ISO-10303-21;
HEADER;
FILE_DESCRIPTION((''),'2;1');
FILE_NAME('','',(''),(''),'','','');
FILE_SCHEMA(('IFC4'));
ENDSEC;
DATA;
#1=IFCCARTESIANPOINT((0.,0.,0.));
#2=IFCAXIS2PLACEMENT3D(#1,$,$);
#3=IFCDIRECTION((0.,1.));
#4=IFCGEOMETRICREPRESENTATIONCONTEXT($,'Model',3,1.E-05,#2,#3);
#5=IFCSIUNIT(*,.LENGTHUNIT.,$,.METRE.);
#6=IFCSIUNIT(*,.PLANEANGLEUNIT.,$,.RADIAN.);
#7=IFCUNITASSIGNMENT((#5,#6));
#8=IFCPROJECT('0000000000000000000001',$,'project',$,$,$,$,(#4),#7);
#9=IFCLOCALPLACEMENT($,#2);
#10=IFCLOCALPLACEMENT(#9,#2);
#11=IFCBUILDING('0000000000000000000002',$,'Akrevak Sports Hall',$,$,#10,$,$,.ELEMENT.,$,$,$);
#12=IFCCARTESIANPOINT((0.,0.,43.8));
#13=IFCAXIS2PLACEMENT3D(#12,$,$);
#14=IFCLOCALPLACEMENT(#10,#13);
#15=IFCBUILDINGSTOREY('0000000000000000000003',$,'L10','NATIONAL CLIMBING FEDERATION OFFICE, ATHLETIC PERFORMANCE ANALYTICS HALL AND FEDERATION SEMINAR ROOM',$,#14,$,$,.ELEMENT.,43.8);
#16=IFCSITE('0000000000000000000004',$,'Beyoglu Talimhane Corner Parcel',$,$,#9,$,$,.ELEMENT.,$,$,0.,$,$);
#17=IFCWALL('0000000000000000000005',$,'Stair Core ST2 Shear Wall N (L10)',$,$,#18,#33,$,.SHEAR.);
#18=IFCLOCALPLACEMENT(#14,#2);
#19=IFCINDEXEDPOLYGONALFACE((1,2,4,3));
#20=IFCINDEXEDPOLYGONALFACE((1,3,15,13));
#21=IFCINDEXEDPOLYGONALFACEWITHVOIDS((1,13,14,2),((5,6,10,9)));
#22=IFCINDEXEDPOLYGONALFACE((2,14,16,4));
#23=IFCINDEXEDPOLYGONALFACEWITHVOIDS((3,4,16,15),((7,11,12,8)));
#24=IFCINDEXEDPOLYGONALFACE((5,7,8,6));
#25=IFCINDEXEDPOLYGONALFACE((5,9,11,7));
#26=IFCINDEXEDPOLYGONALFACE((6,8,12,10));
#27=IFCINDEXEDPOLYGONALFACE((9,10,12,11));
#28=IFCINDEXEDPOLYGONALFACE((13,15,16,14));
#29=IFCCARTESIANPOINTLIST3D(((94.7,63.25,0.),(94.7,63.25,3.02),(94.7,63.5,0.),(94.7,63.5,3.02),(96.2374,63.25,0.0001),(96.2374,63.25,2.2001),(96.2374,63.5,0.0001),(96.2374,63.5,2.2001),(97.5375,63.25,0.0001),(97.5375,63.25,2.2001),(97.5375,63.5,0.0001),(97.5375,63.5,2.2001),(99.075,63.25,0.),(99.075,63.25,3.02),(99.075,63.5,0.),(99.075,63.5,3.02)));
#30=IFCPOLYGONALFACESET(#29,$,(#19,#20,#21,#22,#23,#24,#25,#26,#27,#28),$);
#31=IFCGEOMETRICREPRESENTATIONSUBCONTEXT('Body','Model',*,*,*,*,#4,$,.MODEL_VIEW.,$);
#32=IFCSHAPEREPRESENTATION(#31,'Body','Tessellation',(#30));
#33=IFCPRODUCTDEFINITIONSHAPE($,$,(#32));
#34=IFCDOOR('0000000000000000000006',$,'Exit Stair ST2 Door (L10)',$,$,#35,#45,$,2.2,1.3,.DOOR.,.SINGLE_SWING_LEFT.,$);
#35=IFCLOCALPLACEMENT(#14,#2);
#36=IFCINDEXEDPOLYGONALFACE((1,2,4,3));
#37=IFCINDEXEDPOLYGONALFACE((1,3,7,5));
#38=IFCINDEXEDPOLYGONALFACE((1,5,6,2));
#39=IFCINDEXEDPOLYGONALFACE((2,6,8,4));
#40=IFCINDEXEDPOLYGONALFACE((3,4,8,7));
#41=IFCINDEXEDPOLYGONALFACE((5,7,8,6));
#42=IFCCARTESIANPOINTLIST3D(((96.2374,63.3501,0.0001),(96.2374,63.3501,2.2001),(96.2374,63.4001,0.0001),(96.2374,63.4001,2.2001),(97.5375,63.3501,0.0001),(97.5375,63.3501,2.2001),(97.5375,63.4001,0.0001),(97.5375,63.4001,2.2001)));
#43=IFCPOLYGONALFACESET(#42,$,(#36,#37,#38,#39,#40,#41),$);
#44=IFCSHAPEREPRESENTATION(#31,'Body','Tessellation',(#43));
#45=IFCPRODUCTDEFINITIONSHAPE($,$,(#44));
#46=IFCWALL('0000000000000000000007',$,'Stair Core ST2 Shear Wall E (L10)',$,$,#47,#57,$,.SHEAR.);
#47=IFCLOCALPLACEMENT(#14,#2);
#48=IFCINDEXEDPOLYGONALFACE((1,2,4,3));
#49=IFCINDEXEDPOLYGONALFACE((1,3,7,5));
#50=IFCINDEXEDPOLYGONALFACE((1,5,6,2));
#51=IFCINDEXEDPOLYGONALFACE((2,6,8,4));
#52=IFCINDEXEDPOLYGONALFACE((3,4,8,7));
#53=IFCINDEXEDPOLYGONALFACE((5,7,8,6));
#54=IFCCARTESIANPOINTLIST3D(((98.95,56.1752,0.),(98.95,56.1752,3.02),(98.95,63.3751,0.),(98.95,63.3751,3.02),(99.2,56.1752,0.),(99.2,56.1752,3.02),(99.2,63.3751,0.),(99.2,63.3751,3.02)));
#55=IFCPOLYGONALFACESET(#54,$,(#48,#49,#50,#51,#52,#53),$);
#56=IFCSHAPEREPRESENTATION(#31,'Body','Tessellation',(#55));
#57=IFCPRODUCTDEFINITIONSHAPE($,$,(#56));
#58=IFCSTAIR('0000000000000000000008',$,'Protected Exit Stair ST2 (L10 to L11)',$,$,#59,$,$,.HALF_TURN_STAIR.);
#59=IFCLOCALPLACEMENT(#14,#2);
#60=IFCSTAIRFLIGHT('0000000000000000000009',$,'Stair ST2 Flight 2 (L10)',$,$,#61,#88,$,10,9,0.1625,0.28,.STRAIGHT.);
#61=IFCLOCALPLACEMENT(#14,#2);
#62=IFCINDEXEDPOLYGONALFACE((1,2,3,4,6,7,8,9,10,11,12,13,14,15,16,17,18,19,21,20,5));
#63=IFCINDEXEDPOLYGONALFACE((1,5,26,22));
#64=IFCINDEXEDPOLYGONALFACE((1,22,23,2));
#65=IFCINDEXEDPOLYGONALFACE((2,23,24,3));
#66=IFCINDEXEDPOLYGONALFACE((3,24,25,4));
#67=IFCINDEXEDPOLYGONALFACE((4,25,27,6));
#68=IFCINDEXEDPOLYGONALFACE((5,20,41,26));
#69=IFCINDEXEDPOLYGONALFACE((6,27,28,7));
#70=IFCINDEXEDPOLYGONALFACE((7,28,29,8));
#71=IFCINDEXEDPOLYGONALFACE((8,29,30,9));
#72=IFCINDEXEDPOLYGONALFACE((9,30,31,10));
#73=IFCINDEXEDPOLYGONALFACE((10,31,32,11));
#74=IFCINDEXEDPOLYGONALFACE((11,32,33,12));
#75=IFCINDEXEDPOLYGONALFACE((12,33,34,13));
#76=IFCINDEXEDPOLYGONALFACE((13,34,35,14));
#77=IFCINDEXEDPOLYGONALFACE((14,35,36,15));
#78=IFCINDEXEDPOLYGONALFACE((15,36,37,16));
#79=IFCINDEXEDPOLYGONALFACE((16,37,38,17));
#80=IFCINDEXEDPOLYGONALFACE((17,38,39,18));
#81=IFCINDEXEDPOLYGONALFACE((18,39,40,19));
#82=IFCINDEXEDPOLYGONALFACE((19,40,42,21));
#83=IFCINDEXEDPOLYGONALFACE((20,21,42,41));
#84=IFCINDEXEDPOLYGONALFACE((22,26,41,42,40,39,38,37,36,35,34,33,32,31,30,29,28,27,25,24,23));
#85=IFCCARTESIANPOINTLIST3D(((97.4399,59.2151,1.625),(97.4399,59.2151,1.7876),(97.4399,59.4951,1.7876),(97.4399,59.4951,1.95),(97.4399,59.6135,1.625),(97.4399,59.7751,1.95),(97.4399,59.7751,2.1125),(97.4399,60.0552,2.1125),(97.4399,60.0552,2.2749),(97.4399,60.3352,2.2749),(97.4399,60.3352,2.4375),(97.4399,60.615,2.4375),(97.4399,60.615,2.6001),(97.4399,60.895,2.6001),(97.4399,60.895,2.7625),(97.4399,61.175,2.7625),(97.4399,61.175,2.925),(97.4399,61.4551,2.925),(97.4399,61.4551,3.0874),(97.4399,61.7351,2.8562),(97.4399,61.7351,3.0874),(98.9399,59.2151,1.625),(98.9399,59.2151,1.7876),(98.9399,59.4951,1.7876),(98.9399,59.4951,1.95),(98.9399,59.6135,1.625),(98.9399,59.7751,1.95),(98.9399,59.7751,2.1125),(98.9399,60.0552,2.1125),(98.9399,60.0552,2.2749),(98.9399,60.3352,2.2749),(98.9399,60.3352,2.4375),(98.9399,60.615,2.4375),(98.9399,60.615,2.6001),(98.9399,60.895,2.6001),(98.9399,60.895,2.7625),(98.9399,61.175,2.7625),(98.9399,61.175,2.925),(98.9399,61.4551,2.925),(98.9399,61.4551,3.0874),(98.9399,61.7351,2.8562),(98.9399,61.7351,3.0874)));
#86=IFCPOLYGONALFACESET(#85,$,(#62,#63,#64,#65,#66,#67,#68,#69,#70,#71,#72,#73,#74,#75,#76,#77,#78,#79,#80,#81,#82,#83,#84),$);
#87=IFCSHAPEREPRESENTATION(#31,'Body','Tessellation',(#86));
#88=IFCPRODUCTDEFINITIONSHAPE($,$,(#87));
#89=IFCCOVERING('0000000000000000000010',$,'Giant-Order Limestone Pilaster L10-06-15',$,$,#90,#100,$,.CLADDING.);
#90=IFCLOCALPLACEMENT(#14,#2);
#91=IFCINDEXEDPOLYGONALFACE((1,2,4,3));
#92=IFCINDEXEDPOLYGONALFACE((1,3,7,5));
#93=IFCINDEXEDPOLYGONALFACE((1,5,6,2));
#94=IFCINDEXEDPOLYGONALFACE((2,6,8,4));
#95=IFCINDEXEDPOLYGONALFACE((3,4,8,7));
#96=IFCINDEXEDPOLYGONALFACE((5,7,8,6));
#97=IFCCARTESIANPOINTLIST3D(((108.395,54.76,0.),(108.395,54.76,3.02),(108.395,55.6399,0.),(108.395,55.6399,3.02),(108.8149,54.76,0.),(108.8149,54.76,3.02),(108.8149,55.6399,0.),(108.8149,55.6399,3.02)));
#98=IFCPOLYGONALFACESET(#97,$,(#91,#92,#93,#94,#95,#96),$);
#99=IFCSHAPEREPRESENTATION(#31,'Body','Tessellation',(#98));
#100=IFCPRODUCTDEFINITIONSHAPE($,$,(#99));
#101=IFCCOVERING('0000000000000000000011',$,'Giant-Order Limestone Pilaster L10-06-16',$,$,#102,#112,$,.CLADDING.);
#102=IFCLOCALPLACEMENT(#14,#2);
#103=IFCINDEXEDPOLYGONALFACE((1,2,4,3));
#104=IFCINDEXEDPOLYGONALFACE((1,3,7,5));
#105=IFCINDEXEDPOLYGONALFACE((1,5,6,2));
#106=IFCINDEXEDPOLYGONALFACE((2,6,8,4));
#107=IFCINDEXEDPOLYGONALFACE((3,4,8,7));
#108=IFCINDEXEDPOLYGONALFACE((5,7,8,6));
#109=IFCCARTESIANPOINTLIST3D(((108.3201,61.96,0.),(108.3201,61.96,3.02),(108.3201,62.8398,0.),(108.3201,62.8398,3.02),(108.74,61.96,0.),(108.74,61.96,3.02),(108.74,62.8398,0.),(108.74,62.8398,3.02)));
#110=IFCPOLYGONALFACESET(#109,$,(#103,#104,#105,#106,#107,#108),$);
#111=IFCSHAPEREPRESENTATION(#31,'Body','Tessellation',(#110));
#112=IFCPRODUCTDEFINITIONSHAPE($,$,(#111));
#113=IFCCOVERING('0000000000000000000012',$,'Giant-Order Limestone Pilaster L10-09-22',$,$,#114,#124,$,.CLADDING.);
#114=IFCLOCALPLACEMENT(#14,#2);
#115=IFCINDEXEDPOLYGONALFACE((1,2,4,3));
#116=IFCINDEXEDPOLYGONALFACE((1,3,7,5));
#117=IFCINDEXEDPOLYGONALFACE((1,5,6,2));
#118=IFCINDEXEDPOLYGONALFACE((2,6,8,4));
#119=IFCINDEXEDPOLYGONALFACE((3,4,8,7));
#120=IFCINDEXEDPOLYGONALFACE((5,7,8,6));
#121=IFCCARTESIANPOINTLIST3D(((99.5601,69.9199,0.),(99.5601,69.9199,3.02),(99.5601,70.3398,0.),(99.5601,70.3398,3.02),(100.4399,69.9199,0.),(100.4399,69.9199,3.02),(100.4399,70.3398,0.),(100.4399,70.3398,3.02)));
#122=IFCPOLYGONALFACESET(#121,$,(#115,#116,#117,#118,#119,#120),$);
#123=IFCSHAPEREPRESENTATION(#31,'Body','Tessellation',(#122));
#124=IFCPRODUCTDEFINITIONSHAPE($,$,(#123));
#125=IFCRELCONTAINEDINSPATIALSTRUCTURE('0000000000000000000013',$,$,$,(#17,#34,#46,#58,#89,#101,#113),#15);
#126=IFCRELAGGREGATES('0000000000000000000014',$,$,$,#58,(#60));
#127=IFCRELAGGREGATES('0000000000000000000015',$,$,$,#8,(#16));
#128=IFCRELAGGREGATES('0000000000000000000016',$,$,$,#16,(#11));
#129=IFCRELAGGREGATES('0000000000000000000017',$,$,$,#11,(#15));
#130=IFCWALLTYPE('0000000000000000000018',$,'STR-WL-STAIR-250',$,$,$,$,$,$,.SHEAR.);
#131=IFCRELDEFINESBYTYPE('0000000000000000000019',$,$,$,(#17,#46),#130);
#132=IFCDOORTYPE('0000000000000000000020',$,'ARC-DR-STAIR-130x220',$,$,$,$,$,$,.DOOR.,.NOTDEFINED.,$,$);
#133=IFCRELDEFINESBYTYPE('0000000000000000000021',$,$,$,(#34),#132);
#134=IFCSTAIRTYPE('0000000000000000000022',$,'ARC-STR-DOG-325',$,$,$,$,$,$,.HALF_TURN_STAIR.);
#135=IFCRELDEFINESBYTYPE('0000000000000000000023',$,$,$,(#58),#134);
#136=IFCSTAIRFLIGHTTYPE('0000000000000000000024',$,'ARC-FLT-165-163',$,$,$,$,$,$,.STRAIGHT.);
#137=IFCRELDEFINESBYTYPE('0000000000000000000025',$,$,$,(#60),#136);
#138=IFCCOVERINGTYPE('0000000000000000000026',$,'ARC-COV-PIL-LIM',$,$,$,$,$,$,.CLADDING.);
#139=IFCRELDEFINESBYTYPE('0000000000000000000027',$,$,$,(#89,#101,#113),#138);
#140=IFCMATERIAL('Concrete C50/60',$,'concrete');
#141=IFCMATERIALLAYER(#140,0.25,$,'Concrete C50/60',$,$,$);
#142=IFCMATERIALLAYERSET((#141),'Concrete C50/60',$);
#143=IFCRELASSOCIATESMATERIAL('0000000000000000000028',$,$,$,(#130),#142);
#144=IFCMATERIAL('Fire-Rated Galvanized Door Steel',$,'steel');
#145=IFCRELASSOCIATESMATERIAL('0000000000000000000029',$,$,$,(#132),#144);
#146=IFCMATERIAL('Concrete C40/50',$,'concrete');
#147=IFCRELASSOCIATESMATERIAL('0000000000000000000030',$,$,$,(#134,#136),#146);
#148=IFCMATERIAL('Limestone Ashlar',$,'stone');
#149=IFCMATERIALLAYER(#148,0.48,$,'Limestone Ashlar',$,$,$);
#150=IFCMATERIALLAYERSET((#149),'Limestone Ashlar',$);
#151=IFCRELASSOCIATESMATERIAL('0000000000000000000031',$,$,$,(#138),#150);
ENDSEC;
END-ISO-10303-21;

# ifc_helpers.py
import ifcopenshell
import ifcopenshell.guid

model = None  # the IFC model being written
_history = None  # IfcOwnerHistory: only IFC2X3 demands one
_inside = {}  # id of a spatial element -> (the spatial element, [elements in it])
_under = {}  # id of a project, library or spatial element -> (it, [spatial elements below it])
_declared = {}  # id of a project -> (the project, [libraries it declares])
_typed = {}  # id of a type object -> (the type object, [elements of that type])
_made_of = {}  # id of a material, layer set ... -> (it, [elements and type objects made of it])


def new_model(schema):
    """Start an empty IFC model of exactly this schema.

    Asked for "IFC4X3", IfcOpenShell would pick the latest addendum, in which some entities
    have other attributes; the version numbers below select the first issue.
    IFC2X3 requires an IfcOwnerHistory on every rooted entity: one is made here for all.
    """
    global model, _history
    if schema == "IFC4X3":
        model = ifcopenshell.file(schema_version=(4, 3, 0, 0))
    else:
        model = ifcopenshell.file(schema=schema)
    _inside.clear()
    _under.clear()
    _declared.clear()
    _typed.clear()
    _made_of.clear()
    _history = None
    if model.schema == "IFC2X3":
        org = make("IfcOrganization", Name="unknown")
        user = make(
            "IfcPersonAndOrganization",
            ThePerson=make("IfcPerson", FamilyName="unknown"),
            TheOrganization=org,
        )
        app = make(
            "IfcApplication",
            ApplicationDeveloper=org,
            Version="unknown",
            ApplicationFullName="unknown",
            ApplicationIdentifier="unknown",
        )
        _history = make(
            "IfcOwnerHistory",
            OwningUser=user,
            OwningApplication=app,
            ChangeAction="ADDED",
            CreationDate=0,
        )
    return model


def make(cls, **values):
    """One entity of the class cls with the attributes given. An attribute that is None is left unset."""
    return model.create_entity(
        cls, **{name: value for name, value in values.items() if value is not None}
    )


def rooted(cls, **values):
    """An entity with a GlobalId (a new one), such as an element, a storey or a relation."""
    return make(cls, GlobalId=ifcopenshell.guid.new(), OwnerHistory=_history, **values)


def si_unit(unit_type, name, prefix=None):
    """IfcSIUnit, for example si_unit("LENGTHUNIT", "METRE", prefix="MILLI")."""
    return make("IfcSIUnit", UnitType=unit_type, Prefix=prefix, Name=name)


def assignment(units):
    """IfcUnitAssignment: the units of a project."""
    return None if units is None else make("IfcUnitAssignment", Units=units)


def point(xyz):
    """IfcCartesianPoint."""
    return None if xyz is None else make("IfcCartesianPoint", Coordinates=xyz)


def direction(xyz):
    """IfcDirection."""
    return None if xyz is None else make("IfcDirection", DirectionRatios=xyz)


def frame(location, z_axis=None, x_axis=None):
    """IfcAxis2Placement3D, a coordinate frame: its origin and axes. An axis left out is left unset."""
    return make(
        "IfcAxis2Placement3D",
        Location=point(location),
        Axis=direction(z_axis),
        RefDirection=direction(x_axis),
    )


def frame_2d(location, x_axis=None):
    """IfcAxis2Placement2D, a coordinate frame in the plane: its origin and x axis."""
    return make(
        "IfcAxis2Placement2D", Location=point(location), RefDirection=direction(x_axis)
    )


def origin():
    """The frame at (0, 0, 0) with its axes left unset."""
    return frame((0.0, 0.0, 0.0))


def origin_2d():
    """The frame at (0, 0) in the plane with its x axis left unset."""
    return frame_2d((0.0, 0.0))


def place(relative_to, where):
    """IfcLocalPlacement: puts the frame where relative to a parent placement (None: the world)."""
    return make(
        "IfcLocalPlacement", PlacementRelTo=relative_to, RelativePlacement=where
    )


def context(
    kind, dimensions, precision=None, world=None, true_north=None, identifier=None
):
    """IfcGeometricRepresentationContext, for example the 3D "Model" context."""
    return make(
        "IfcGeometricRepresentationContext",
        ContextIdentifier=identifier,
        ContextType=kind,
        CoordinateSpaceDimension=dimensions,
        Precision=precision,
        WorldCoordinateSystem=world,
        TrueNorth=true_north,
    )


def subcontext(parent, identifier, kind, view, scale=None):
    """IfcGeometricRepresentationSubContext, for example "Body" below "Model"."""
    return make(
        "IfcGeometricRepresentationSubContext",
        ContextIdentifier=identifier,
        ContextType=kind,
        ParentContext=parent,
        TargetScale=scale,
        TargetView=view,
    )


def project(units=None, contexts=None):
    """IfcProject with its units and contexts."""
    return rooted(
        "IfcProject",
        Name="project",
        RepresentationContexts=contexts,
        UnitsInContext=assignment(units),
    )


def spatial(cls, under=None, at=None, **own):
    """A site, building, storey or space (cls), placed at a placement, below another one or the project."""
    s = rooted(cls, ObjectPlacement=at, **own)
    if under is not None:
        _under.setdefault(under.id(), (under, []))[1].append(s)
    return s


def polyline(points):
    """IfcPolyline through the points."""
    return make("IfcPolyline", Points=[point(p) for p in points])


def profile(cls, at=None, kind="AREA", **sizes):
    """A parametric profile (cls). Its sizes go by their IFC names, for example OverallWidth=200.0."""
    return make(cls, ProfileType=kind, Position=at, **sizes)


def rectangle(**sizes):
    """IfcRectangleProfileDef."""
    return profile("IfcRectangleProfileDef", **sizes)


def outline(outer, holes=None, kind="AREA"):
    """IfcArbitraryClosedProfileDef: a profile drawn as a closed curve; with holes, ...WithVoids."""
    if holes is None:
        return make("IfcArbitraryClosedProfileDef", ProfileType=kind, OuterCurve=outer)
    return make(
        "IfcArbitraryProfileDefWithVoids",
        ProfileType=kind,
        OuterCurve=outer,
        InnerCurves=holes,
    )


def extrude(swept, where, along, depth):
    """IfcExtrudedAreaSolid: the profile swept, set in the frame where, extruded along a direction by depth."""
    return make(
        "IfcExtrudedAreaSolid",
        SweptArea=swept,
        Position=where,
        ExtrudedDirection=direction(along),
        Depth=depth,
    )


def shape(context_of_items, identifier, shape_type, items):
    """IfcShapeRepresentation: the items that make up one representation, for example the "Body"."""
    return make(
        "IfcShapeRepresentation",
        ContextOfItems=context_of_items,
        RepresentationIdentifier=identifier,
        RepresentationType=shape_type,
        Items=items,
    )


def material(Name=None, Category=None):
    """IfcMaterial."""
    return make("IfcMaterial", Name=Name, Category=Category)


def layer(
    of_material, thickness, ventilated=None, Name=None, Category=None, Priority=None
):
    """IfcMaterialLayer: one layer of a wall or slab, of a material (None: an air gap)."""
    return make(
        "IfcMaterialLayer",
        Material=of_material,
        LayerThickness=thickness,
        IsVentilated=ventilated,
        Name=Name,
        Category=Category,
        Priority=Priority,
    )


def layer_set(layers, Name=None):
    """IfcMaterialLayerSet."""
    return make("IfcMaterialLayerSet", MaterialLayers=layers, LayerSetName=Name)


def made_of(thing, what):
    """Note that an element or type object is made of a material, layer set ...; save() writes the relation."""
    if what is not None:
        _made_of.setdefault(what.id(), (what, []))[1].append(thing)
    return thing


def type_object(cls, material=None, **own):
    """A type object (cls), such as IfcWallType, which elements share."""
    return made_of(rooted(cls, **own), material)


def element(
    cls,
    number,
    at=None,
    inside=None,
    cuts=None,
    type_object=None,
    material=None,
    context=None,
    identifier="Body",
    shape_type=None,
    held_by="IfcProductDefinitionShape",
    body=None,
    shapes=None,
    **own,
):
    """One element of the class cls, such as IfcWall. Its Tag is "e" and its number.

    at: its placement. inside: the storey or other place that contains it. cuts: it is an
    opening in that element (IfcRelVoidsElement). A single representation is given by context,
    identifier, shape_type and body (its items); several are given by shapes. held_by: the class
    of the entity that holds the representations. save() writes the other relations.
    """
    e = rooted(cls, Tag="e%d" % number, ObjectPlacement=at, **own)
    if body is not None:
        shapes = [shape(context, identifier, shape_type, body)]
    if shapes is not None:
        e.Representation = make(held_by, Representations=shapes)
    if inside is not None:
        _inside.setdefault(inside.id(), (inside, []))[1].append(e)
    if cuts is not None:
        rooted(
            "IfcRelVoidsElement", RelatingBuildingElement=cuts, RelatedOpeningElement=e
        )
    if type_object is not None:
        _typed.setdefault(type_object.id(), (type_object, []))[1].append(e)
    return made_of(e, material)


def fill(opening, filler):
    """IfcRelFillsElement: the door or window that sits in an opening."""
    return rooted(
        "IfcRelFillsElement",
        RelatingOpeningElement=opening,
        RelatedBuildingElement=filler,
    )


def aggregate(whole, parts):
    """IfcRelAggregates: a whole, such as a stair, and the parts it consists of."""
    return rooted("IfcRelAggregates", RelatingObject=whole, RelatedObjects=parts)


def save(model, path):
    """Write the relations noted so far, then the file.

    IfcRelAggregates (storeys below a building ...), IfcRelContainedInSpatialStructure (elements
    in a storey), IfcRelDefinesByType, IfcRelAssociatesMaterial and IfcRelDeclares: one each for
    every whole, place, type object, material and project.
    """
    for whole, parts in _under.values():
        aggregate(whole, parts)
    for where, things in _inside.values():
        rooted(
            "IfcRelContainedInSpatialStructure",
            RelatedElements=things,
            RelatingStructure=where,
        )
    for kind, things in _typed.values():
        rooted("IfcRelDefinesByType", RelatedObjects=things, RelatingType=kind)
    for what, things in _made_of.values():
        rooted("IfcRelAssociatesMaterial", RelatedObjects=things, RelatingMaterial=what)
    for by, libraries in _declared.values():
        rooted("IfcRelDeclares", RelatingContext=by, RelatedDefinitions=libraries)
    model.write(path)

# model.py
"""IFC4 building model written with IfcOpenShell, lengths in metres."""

from ifc_helpers import new_model, si_unit, direction, frame, frame_2d, origin, origin_2d, place, context, subcontext, project, spatial, polyline, rectangle, outline, extrude, material, layer, layer_set, type_object, element, fill, aggregate, save


model = new_model("IFC4")

# Units and contexts
model_context = context("Model", 3, precision=1e-05, world=origin(), true_north=direction((0.0, 1.0)))
body_context = subcontext(model_context, "Body", "Model", "MODEL_VIEW")
ifc_project = project(units=[si_unit("LENGTHUNIT", "METRE"), si_unit("PLANEANGLEUNIT", "RADIAN")], contexts=[model_context])

# Site, building, storey
site_placement = place(None, origin())
site = spatial("IfcSite", under=ifc_project, at=site_placement, Name="Beyoglu Talimhane Corner Parcel", CompositionType="ELEMENT", RefElevation=0.0)
building_placement = place(site_placement, origin())
building = spatial("IfcBuilding", under=site, at=building_placement, Name="Akrevak Sports Hall", CompositionType="ELEMENT")
storey_placement = place(building_placement, frame((0.0, 0.0, 43.8)))
storey = spatial("IfcBuildingStorey", under=building, at=storey_placement, Name="L10", Description="NATIONAL CLIMBING FEDERATION OFFICE, ATHLETIC PERFORMANCE ANALYTICS HALL AND FEDERATION SEMINAR ROOM", CompositionType="ELEMENT", Elevation=43.8)

# Shared definitions
ifc_material_1 = material(Name="Concrete C40/50", Category="concrete")
ifc_material_2 = material(Name="Concrete C50/60", Category="concrete")

# Shared definitions
ifc_material_3 = material(Name="Limestone Ashlar", Category="stone")

# Wall, opening, door
ifc_layer_1 = layer(ifc_material_2, 0.25, Name="Concrete C50/60")
ifc_layer_set_1 = layer_set([ifc_layer_1], Name="Concrete C50/60")
wall_type_1 = type_object("IfcWallType", Name="STR-WL-STAIR-250", PredefinedType="SHEAR", material=ifc_layer_set_1)
wall_1_placement = place(storey_placement, frame((99.075, 63.375, 0.0), z_axis=(0.0, 0.0, 1.0), x_axis=(-1.0, 0.0, 0.0)))
wall_1 = element("IfcWall", 1, at=wall_1_placement, inside=storey, type_object=wall_type_1, Name="Stair Core ST2 Shear Wall N (L10)", PredefinedType="SHEAR", context=body_context, shape_type="SweptSolid", body=[
    extrude(rectangle(XDim=4.375, YDim=0.25, at=frame_2d((2.1875, 0.0))), origin(), (0.0, 0.0, 1.0), 3.02),
])
opening_1_placement = place(wall_1_placement, frame((1.5376, 0.0, 0.0)))
opening_1 = element("IfcOpeningElement", 2, at=opening_1_placement, cuts=wall_1, PredefinedType="OPENING", context=body_context, shape_type="SweptSolid", body=[
    extrude(rectangle(XDim=1.3, YDim=2.2, at=frame_2d((0.6499, 1.1001))), frame((0.0, 0.137, 0.0), z_axis=(0.0, -1.0, 0.0), x_axis=(1.0, 0.0, 0.0)), (0.0, 0.0, 1.0), 0.2739),
])
ifc_material_4 = material(Name="Fire-Rated Galvanized Door Steel", Category="steel")
door_type = type_object("IfcDoorType", Name="ARC-DR-STAIR-130x220", OperationType="NOTDEFINED", PredefinedType="DOOR", material=ifc_material_4)
door_placement = place(opening_1_placement, origin())
door = element("IfcDoor", 3, at=door_placement, inside=storey, type_object=door_type, Name="Exit Stair ST2 Door (L10)", OperationType="SINGLE_SWING_LEFT", OverallHeight=2.2, OverallWidth=1.3, PredefinedType="DOOR", context=body_context, shape_type="SweptSolid", body=[
    extrude(rectangle(XDim=1.3, YDim=2.2, at=frame_2d((0.6499, 1.1001))), frame((0.0, 0.0249, 0.0), z_axis=(0.0, -1.0, 0.0), x_axis=(1.0, 0.0, 0.0)), (0.0, 0.0, 1.0), 0.05),
])
fill(opening_1, door)

# Wall
wall_2_placement = place(storey_placement, frame((99.075, 56.175, 0.0), z_axis=(0.0, 0.0, 1.0), x_axis=(0.0, 1.0, 0.0)))
element("IfcWall", 4, at=wall_2_placement, inside=storey, type_object=wall_type_1, Name="Stair Core ST2 Shear Wall E (L10)", PredefinedType="SHEAR", context=body_context, shape_type="SweptSolid", body=[
    extrude(rectangle(XDim=7.2, YDim=0.25, at=frame_2d((3.6001, 0.0))), origin(), (0.0, 0.0, 1.0), 3.02),
])

# Stair, stair flight
stair_type = type_object("IfcStairType", Name="ARC-STR-DOG-325", PredefinedType="HALF_TURN_STAIR", material=ifc_material_1)
stair_placement = place(storey_placement, origin())
stair = element("IfcStair", 5, at=stair_placement, inside=storey, type_object=stair_type, Name="Protected Exit Stair ST2 (L10 to L11)", PredefinedType="HALF_TURN_STAIR")
stair_flight_type = type_object("IfcStairFlightType", Name="ARC-FLT-165-163", PredefinedType="STRAIGHT", material=ifc_material_1)
stair_flight_placement = place(storey_placement, frame((98.1899, 59.2151, 1.625), z_axis=(0.0, 0.0, 1.0), x_axis=(0.0, 1.0, 0.0)))
stair_flight = element("IfcStairFlight", 6, at=stair_flight_placement, type_object=stair_flight_type, Name="Stair ST2 Flight 2 (L10)", NumberOfRisers=10, NumberOfTreads=9, PredefinedType="STRAIGHT", RiserHeight=0.1625, TreadLength=0.28, context=body_context, shape_type="SweptSolid", body=[
    extrude(outline(polyline([(0.0, 0.0), (0.0, 0.1626), (0.28, 0.1626), (0.28, 0.325), (0.5601, 0.325), (0.5601, 0.4875), (0.8401, 0.4875), (0.8401, 0.6499), (1.1201, 0.6499), (1.1201, 0.8125), (1.3999, 0.8125), (1.3999, 0.9751), (1.6799, 0.9751), (1.6799, 1.1375), (1.96, 1.1375), (1.96, 1.3), (2.24, 1.3), (2.24, 1.4624), (2.52, 1.4624), (2.52, 1.625), (2.52, 1.2312), (0.3984, 0.0), (0.0, 0.0)])), frame((0.0, 0.75, 0.0), z_axis=(0.0, -1.0, 0.0), x_axis=(1.0, 0.0, 0.0)), (0.0, 0.0, 1.0), 1.5),
])
aggregate(stair, [stair_flight])

# Coverings
ifc_layer_2 = layer(ifc_material_3, 0.48, Name="Limestone Ashlar")
ifc_layer_set_2 = layer_set([ifc_layer_2], Name="Limestone Ashlar")
covering_type = type_object("IfcCoveringType", Name="ARC-COV-PIL-LIM", PredefinedType="CLADDING", material=ifc_layer_set_2)
for number, where, z_axis, x_axis, name in (
    (7, (108.605, 55.2, 0.0), (0.0, 0.0, 1.0), (0.0, 1.0, 0.0), "Giant-Order Limestone Pilaster L10-06-15"),
    (8, (108.53, 62.3999, 0.0), (0.0, 0.0, 1.0), (0.0, 1.0, 0.0), "Giant-Order Limestone Pilaster L10-06-16"),
    (9, (100.0, 70.1299, 0.0), (0.0, 0.0, 1.0), (-1.0, 0.0, 0.0), "Giant-Order Limestone Pilaster L10-09-22"),
):
    element("IfcCovering", number, at=place(storey_placement, frame(where, z_axis=z_axis, x_axis=x_axis)), inside=storey, type_object=covering_type, Name=name, PredefinedType="CLADDING", context=body_context, shape_type="SweptSolid", body=[
        extrude(rectangle(XDim=0.8799, YDim=0.4199, at=origin_2d()), origin(), (0.0, 0.0, 1.0), 3.02),
    ])

save(model, "model.ifc")
